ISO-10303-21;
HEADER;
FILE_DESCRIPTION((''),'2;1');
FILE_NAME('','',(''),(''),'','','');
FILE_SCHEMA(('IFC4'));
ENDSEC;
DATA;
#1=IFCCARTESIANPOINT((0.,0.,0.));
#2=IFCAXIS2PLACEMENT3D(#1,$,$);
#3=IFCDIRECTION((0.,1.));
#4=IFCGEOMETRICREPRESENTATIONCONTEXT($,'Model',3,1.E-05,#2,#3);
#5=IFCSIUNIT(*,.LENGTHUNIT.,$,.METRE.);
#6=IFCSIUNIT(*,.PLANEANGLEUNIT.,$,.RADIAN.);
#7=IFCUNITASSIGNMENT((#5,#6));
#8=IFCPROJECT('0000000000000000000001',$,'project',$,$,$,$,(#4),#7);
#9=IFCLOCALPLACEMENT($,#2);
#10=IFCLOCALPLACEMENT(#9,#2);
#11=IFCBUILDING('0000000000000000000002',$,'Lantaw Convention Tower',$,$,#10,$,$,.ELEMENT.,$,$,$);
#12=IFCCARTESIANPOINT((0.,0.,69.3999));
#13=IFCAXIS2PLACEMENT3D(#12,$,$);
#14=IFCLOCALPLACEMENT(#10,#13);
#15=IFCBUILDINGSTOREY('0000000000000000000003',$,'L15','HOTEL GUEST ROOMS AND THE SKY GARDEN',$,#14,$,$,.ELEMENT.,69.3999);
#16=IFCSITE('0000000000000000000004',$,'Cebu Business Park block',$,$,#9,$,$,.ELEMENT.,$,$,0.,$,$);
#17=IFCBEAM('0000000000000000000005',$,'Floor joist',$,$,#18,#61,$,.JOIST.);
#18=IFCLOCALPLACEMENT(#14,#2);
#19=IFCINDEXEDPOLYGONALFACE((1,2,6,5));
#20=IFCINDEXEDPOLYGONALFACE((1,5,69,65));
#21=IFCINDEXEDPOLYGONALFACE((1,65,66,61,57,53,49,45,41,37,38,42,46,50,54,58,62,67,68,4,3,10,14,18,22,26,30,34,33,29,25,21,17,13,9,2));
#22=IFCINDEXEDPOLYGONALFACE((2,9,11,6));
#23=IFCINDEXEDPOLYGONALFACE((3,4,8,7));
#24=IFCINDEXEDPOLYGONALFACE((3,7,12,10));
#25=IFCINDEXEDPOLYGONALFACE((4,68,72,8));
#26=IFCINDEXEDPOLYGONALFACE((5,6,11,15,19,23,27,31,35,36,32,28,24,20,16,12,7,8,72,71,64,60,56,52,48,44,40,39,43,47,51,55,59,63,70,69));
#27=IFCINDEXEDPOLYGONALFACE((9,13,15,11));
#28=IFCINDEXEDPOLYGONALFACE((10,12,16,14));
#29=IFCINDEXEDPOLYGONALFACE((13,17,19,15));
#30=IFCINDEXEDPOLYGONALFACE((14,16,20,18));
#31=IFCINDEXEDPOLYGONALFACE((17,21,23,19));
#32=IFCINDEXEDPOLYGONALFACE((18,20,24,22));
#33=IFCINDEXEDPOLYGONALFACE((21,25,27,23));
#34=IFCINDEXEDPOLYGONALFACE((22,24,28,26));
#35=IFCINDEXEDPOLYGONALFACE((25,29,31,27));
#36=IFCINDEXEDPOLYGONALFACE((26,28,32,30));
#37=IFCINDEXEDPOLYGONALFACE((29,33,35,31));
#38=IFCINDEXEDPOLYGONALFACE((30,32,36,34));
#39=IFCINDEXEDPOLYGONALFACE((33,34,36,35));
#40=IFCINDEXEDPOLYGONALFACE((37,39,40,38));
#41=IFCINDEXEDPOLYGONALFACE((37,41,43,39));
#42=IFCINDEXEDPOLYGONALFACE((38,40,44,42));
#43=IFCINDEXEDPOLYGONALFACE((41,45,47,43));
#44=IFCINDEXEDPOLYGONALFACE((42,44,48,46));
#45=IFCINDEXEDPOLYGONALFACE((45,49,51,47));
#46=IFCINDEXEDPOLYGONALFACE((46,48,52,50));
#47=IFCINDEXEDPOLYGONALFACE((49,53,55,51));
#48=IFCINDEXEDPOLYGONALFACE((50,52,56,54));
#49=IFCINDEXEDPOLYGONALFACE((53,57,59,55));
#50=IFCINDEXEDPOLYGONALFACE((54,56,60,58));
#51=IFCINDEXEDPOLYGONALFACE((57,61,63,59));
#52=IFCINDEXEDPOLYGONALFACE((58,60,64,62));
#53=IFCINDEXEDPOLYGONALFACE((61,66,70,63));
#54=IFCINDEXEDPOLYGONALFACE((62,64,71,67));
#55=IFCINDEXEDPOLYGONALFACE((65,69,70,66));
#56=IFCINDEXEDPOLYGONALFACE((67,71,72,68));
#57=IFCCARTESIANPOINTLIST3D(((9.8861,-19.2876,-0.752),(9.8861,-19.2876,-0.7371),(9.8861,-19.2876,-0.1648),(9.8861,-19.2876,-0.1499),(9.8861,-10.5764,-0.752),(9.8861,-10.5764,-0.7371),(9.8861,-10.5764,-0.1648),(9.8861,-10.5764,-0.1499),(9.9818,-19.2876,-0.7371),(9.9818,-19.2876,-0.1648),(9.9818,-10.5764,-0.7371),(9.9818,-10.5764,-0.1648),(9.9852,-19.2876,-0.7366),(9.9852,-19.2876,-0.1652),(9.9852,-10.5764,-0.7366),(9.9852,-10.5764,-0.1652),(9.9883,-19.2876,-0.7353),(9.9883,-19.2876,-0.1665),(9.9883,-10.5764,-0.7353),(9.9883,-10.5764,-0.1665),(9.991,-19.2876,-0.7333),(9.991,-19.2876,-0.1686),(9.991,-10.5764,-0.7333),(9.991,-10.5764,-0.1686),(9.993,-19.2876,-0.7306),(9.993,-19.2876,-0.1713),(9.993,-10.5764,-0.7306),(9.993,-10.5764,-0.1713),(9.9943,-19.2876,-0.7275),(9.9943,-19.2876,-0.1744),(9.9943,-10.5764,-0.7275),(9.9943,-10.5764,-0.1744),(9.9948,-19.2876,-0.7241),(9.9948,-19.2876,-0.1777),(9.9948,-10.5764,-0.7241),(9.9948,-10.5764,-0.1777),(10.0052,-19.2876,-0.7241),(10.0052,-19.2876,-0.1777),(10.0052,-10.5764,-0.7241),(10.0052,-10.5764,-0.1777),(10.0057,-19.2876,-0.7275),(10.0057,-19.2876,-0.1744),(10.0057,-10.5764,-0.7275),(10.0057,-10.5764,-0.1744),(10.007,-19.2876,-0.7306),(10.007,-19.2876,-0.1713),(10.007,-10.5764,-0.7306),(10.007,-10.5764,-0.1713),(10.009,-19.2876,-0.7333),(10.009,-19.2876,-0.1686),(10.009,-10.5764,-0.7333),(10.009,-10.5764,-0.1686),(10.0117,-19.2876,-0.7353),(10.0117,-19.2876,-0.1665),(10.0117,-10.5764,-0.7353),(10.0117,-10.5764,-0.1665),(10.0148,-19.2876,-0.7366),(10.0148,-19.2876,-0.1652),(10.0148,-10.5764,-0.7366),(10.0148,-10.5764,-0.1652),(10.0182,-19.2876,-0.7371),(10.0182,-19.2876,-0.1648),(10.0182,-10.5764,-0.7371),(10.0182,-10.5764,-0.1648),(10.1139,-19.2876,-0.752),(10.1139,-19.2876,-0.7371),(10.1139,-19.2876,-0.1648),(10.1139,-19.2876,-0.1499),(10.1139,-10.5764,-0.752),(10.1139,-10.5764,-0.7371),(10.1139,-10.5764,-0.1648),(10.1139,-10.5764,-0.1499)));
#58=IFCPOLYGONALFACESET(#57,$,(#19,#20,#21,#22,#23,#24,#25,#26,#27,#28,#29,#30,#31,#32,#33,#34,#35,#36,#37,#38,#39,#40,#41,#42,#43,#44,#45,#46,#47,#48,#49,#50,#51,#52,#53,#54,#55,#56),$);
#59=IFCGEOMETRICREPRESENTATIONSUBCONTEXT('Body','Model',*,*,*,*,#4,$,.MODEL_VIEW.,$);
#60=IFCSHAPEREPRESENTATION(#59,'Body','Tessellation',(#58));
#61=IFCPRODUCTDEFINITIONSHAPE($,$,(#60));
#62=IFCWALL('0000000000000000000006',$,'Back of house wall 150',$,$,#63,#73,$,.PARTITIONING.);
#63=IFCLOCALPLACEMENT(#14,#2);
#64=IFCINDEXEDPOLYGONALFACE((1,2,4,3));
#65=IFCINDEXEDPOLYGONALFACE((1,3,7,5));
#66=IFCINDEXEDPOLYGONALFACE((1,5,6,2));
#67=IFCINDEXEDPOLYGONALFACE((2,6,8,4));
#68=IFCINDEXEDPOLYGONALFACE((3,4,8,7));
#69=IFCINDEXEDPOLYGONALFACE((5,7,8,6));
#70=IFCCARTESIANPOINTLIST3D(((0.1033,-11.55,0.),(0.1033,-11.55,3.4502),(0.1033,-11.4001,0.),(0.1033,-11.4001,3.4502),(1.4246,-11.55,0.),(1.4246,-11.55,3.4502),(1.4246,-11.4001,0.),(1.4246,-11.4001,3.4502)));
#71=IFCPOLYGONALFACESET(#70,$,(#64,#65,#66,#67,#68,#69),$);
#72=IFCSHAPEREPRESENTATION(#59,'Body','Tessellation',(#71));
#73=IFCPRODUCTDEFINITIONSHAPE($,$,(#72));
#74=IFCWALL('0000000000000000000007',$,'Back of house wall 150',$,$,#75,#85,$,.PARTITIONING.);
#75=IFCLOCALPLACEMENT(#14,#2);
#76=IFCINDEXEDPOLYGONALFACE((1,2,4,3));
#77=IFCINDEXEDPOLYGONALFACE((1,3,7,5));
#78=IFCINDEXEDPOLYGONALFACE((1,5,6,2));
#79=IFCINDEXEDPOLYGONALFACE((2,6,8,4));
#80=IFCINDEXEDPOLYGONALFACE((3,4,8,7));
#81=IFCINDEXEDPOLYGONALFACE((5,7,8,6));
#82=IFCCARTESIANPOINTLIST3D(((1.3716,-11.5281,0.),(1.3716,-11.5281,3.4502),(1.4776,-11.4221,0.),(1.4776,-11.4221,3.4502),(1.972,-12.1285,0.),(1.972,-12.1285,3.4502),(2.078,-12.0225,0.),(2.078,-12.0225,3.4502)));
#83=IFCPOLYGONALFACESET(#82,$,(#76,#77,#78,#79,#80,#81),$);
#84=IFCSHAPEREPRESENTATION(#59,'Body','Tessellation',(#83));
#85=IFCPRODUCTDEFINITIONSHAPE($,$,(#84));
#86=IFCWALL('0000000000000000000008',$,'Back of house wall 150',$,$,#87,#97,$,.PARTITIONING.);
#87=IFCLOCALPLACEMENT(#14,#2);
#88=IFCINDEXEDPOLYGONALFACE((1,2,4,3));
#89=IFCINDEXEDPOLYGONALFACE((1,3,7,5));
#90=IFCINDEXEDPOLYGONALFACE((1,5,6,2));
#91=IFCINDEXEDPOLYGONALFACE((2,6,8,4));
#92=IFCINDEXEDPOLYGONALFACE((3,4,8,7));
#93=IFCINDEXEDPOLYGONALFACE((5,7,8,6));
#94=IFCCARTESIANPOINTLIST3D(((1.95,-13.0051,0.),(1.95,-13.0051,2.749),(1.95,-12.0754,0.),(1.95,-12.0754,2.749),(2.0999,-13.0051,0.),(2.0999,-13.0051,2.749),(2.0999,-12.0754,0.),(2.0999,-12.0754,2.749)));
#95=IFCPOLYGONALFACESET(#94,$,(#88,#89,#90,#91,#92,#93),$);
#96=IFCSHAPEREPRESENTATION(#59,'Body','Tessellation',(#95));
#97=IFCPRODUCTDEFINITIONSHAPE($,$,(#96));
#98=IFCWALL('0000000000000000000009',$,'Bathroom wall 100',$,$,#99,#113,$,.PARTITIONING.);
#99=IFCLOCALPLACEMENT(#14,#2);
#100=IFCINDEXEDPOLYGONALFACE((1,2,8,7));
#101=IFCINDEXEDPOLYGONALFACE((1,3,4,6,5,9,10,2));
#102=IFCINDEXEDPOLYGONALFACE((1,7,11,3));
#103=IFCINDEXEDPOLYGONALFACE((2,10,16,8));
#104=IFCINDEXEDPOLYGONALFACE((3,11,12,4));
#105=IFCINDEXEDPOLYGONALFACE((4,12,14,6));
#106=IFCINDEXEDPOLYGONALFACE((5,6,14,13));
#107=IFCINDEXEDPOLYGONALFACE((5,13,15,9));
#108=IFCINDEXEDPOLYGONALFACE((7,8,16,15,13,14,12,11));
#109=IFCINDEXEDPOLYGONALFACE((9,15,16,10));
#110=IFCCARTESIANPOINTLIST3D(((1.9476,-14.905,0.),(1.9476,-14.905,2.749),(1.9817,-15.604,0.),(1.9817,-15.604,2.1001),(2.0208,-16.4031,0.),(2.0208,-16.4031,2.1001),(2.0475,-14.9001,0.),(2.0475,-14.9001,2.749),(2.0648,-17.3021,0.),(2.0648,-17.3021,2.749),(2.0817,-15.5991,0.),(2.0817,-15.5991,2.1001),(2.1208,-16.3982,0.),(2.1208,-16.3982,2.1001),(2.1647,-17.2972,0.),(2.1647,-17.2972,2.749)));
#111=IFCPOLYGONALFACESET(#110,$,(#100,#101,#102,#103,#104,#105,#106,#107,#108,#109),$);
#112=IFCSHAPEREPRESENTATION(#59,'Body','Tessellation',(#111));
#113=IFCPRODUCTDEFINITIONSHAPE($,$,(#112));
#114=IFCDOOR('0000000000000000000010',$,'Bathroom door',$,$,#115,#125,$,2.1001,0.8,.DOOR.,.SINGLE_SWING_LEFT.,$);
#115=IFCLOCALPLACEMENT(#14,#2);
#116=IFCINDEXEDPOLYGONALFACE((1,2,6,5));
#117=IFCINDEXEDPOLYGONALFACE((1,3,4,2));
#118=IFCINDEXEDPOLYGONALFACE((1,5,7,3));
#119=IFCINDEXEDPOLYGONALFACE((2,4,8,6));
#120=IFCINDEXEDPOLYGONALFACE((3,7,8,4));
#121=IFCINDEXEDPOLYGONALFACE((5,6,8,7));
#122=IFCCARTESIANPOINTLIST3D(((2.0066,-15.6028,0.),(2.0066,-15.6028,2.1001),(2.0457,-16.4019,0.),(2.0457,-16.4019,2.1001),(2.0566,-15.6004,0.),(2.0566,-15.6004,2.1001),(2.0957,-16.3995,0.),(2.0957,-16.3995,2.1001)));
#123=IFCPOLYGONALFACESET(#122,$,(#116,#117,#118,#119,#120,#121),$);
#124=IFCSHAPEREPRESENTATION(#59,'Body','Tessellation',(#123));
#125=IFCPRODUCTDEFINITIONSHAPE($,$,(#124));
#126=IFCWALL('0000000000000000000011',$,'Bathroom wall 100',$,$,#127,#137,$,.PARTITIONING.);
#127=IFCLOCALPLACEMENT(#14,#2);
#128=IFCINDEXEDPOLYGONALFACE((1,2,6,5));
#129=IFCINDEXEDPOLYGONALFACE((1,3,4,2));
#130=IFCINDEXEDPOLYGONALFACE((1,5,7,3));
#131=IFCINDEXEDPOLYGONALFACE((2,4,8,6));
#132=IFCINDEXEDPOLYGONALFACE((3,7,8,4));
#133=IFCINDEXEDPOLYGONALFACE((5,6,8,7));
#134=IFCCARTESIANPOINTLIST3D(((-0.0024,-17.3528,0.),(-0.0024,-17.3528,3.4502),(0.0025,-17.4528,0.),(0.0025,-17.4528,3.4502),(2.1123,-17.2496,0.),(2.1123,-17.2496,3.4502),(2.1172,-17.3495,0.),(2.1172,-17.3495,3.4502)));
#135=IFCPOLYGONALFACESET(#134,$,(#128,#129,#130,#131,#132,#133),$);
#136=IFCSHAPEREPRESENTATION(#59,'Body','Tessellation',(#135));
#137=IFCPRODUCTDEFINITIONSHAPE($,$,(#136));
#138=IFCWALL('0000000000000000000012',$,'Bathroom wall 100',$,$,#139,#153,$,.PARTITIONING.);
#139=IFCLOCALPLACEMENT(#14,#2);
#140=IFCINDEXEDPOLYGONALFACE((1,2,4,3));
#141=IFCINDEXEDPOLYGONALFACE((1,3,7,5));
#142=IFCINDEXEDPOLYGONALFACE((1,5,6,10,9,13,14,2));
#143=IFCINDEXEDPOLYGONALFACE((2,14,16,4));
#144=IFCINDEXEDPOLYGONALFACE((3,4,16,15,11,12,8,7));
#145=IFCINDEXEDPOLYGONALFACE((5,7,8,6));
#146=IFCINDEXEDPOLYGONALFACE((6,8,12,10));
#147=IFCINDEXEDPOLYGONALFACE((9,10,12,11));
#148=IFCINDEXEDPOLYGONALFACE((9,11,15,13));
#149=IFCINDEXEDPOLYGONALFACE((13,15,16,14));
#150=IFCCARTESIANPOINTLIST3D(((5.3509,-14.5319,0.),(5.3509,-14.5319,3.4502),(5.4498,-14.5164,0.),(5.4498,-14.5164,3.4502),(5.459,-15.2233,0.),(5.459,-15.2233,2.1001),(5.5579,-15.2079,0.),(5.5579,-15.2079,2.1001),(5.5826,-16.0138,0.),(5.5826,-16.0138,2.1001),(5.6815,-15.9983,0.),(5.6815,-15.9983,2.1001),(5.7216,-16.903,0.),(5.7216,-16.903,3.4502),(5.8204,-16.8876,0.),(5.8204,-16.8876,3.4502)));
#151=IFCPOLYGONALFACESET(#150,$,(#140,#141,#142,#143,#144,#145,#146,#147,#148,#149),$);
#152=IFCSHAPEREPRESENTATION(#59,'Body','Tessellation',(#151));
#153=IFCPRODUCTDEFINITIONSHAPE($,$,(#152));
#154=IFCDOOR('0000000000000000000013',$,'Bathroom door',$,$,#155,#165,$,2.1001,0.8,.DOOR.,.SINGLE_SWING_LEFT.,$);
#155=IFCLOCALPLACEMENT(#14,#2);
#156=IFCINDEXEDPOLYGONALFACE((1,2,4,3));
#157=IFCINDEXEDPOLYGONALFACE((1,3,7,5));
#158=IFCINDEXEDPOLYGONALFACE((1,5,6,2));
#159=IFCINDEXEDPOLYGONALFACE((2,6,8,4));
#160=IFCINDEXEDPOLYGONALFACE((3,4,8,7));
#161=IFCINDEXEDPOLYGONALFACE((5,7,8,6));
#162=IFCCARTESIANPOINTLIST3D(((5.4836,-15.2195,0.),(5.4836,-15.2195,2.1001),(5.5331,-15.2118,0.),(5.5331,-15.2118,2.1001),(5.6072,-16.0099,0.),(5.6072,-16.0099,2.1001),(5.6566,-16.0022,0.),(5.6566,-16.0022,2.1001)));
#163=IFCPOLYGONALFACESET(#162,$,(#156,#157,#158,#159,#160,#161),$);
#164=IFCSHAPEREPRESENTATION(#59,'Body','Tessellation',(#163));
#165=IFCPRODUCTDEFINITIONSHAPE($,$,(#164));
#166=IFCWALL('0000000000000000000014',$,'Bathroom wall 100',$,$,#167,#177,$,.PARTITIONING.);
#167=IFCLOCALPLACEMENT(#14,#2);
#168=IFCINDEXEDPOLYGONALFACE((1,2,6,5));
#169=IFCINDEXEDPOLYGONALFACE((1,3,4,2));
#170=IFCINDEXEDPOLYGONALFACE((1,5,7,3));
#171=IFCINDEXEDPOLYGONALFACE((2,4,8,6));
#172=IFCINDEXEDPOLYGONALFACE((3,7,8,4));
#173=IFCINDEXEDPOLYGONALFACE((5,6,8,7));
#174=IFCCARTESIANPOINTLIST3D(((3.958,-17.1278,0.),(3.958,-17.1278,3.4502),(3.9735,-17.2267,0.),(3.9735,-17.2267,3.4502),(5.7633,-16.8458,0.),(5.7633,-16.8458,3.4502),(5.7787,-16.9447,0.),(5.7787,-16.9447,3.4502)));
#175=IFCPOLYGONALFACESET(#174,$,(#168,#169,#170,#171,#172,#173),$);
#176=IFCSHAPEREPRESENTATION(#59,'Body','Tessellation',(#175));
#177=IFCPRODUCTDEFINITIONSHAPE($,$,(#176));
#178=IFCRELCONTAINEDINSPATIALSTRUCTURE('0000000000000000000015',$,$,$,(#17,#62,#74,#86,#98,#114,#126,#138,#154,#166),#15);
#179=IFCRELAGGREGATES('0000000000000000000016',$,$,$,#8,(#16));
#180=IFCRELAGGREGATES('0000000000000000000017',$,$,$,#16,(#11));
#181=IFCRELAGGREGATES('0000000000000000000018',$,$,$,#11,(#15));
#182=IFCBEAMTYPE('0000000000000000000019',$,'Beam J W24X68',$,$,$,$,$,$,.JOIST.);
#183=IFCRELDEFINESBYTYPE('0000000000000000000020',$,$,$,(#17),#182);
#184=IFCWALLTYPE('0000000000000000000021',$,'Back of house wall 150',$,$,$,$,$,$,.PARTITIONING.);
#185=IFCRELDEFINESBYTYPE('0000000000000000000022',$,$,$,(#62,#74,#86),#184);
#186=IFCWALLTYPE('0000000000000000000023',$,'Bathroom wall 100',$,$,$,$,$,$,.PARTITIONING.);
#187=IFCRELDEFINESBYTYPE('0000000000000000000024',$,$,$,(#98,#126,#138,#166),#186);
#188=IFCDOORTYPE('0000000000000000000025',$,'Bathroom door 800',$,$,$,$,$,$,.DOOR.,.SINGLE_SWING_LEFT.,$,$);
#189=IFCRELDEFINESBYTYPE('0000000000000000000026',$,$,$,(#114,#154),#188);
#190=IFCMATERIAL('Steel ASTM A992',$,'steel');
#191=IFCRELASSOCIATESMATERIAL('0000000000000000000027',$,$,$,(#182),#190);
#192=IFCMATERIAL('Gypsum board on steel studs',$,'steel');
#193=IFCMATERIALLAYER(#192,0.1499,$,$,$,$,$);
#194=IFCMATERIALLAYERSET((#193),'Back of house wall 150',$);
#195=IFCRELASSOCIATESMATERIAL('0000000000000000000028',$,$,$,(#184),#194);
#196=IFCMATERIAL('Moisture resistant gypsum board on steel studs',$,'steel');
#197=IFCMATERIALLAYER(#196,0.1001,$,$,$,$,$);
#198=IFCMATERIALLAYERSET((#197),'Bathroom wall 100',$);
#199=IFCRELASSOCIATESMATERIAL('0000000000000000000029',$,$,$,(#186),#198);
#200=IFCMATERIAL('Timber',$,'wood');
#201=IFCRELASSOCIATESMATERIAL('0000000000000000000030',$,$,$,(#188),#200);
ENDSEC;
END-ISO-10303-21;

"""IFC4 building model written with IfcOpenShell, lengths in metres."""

from ifc_helpers import new_model, si_unit, direction, frame, frame_2d, origin, origin_2d, place, context, subcontext, project, spatial, rectangle, i_section, extrude, material, layer, layer_set, material_profile, profile_set, type_object, element, fill, save


model = new_model("IFC4")

# Units and contexts
model_context = context("Model", 3, precision=1e-05, world=origin(), true_north=direction((0.0, 1.0)))
body_context = subcontext(model_context, "Body", "Model", "MODEL_VIEW")
ifc_project = project(units=[si_unit("LENGTHUNIT", "METRE"), si_unit("PLANEANGLEUNIT", "RADIAN")], contexts=[model_context])

# Site, building, storey
site_placement = place(None, origin())
site = spatial("IfcSite", under=ifc_project, at=site_placement, Name="Cebu Business Park block", CompositionType="ELEMENT", RefElevation=0.0)
building_placement = place(site_placement, origin())
building = spatial("IfcBuilding", under=site, at=building_placement, Name="Lantaw Convention Tower", CompositionType="ELEMENT")
storey_placement = place(building_placement, frame((0.0, 0.0, 69.3999)))
storey = spatial("IfcBuildingStorey", under=building, at=storey_placement, Name="L15", Description="HOTEL GUEST ROOMS AND THE SKY GARDEN", CompositionType="ELEMENT", Elevation=69.3999)

# Beam
ifc_material_1 = material(Name="Steel ASTM A992", Category="steel")
ifc_material_profile = material_profile(ifc_material_1, i_section(OverallWidth=0.2278, OverallDepth=0.6021, WebThickness=0.0105, FlangeThickness=0.0149, FilletRadius=0.0129, at=origin_2d()), Name="W24X68")
ifc_profile_set = profile_set([ifc_material_profile], Name="Steel ASTM A992")
beam_type = type_object("IfcBeamType", Name="Beam J W24X68", PredefinedType="JOIST", material=ifc_profile_set)
beam_placement = place(storey_placement, frame((10.0, -19.2876, -0.4509), z_axis=(0.0, 1.0, 0.0), x_axis=(-1.0, 0.0, 0.0)))
element("IfcBeam", 1, at=beam_placement, inside=storey, type_object=beam_type, Name="Floor joist", PredefinedType="JOIST", context=body_context, shape_type="SweptSolid", body=[
    extrude(i_section(OverallWidth=0.2278, OverallDepth=0.6021, WebThickness=0.0105, FlangeThickness=0.0149, FilletRadius=0.0129, at=origin_2d()), origin(), (0.0, 0.0, 1.0), 8.7112),
])

# Walls
ifc_material_2 = material(Name="Gypsum board on steel studs", Category="steel")
ifc_layer_1 = layer(ifc_material_2, 0.1499)
ifc_layer_set_1 = layer_set([ifc_layer_1], Name="Back of house wall 150")
wall_type_1 = type_object("IfcWallType", Name="Back of house wall 150", PredefinedType="PARTITIONING", material=ifc_layer_set_1)
wall_1_placement = place(storey_placement, frame((0.1033, -11.4751, 0.0), z_axis=(0.0, 0.0, 1.0), x_axis=(1.0, 0.0, 0.0)))
element("IfcWall", 2, at=wall_1_placement, inside=storey, type_object=wall_type_1, Name="Back of house wall 150", PredefinedType="PARTITIONING", context=body_context, shape_type="SweptSolid", body=[
    extrude(rectangle(XDim=1.3213, YDim=0.1499, at=frame_2d((0.6606, 0.0))), origin(), (0.0, 0.0, 1.0), 3.4502),
])
wall_2_placement = place(storey_placement, frame((1.4246, -11.4751, 0.0), z_axis=(0.0, 0.0, 1.0), x_axis=(0.707107, -0.707107, 0.0)))
element("IfcWall", 3, at=wall_2_placement, inside=storey, type_object=wall_type_1, Name="Back of house wall 150", PredefinedType="PARTITIONING", context=body_context, shape_type="SweptSolid", body=[
    extrude(rectangle(XDim=0.8491, YDim=0.1499, at=frame_2d((0.4246, 0.0))), origin(), (0.0, 0.0, 1.0), 3.4502),
])
wall_3_placement = place(storey_placement, frame((2.0249, -12.0754, 0.0), z_axis=(0.0, 0.0, 1.0), x_axis=(0.0, -1.0, 0.0)))
element("IfcWall", 4, at=wall_3_placement, inside=storey, type_object=wall_type_1, Name="Back of house wall 150", PredefinedType="PARTITIONING", context=body_context, shape_type="SweptSolid", body=[
    extrude(rectangle(XDim=0.9297, YDim=0.1499, at=frame_2d((0.4648, 0.0))), origin(), (0.0, 0.0, 1.0), 2.749),
])

# Wall, opening, door
ifc_material_3 = material(Name="Moisture resistant gypsum board on steel studs", Category="steel")
ifc_layer_2 = layer(ifc_material_3, 0.1001)
ifc_layer_set_2 = layer_set([ifc_layer_2], Name="Bathroom wall 100")
wall_type_2 = type_object("IfcWallType", Name="Bathroom wall 100", PredefinedType="PARTITIONING", material=ifc_layer_set_2)
wall_4_placement = place(storey_placement, frame((1.9976, -14.9026, 0.0), z_axis=(0.0, 0.0, 1.0), x_axis=(0.048831, -0.998807, 0.0)))
wall_4 = element("IfcWall", 5, at=wall_4_placement, inside=storey, type_object=wall_type_2, Name="Bathroom wall 100", PredefinedType="PARTITIONING", context=body_context, shape_type="SweptSolid", body=[
    extrude(rectangle(XDim=2.3999, YDim=0.1001, at=frame_2d((1.2, 0.0))), origin(), (0.0, 0.0, 1.0), 2.749),
])
opening_1_placement = place(wall_4_placement, frame((0.7, 0.0, 0.0)))
opening_1 = element("IfcOpeningElement", 6, at=opening_1_placement, cuts=wall_4, PredefinedType="OPENING", context=body_context, shape_type="SweptSolid", body=[
    extrude(rectangle(XDim=0.8, YDim=2.1001, at=frame_2d((0.3999, 1.05))), frame((0.0, 0.0601, 0.0), z_axis=(0.0, -1.0, 0.0), x_axis=(1.0, 0.0, 0.0)), (0.0, 0.0, 1.0), 0.1201),
])
ifc_material_4 = material(Name="Timber", Category="wood")
door_type_1 = type_object("IfcDoorType", Name="Bathroom door 800", OperationType="SINGLE_SWING_LEFT", PredefinedType="DOOR", material=ifc_material_4)
door_1_placement = place(opening_1_placement, origin())
door_1 = element("IfcDoor", 7, at=door_1_placement, inside=storey, type_object=door_type_1, Name="Bathroom door", OperationType="SINGLE_SWING_LEFT", OverallHeight=2.1001, OverallWidth=0.8, PredefinedType="DOOR", context=body_context, shape_type="SweptSolid", body=[
    extrude(rectangle(XDim=0.8, YDim=2.1001, at=frame_2d((0.3999, 1.05))), frame((0.0, 0.0249, 0.0), z_axis=(0.0, -1.0, 0.0), x_axis=(1.0, 0.0, 0.0)), (0.0, 0.0, 1.0), 0.05),
])
fill(opening_1, door_1)

# Wall
wall_5_placement = place(storey_placement, frame((2.1147, -17.2996, 0.0), z_axis=(0.0, 0.0, 1.0), x_axis=(-0.99881, -0.048776, 0.0)))
element("IfcWall", 8, at=wall_5_placement, inside=storey, type_object=wall_type_2, Name="Bathroom wall 100", PredefinedType="PARTITIONING", context=body_context, shape_type="SweptSolid", body=[
    extrude(rectangle(XDim=2.1172, YDim=0.1001, at=frame_2d((1.0586, 0.0))), origin(), (0.0, 0.0, 1.0), 3.4502),
])

# Wall, opening, door
wall_6_placement = place(storey_placement, frame((5.4004, -14.5242, 0.0), z_axis=(0.0, 0.0, 1.0), x_axis=(0.154427, -0.988004, 0.0)))
wall_6 = element("IfcWall", 9, at=wall_6_placement, inside=storey, type_object=wall_type_2, Name="Bathroom wall 100", PredefinedType="PARTITIONING", context=body_context, shape_type="SweptSolid", body=[
    extrude(rectangle(XDim=2.3999, YDim=0.1001, at=frame_2d((1.2, 0.0))), origin(), (0.0, 0.0, 1.0), 3.4502),
])
opening_2_placement = place(wall_6_placement, frame((0.7, 0.0, 0.0)))
opening_2 = element("IfcOpeningElement", 10, at=opening_2_placement, cuts=wall_6, PredefinedType="OPENING", context=body_context, shape_type="SweptSolid", body=[
    extrude(rectangle(XDim=0.8, YDim=2.1001, at=frame_2d((0.3999, 1.05))), frame((0.0, 0.0601, 0.0), z_axis=(0.0, -1.0, 0.0), x_axis=(1.0, 0.0, 0.0)), (0.0, 0.0, 1.0), 0.1201),
])
door_2_placement = place(opening_2_placement, origin())
door_2 = element("IfcDoor", 11, at=door_2_placement, inside=storey, type_object=door_type_1, Name="Bathroom door", OperationType="SINGLE_SWING_LEFT", OverallHeight=2.1001, OverallWidth=0.8, PredefinedType="DOOR", context=body_context, shape_type="SweptSolid", body=[
    extrude(rectangle(XDim=0.8, YDim=2.1001, at=frame_2d((0.3999, 1.05))), frame((0.0, 0.0249, 0.0), z_axis=(0.0, -1.0, 0.0), x_axis=(1.0, 0.0, 0.0)), (0.0, 0.0, 1.0), 0.05),
])
fill(opening_2, door_2)

# Wall
wall_7_placement = place(storey_placement, frame((5.771, -16.8953, 0.0), z_axis=(0.0, 0.0, 1.0), x_axis=(-0.988018, -0.154336, 0.0)))
element("IfcWall", 12, at=wall_7_placement, inside=storey, type_object=wall_type_2, Name="Bathroom wall 100", PredefinedType="PARTITIONING", context=body_context, shape_type="SweptSolid", body=[
    extrude(rectangle(XDim=1.8271, YDim=0.1001, at=frame_2d((0.9136, 0.0))), origin(), (0.0, 0.0, 1.0), 3.4502),
])

save(model, "model.ifc")
